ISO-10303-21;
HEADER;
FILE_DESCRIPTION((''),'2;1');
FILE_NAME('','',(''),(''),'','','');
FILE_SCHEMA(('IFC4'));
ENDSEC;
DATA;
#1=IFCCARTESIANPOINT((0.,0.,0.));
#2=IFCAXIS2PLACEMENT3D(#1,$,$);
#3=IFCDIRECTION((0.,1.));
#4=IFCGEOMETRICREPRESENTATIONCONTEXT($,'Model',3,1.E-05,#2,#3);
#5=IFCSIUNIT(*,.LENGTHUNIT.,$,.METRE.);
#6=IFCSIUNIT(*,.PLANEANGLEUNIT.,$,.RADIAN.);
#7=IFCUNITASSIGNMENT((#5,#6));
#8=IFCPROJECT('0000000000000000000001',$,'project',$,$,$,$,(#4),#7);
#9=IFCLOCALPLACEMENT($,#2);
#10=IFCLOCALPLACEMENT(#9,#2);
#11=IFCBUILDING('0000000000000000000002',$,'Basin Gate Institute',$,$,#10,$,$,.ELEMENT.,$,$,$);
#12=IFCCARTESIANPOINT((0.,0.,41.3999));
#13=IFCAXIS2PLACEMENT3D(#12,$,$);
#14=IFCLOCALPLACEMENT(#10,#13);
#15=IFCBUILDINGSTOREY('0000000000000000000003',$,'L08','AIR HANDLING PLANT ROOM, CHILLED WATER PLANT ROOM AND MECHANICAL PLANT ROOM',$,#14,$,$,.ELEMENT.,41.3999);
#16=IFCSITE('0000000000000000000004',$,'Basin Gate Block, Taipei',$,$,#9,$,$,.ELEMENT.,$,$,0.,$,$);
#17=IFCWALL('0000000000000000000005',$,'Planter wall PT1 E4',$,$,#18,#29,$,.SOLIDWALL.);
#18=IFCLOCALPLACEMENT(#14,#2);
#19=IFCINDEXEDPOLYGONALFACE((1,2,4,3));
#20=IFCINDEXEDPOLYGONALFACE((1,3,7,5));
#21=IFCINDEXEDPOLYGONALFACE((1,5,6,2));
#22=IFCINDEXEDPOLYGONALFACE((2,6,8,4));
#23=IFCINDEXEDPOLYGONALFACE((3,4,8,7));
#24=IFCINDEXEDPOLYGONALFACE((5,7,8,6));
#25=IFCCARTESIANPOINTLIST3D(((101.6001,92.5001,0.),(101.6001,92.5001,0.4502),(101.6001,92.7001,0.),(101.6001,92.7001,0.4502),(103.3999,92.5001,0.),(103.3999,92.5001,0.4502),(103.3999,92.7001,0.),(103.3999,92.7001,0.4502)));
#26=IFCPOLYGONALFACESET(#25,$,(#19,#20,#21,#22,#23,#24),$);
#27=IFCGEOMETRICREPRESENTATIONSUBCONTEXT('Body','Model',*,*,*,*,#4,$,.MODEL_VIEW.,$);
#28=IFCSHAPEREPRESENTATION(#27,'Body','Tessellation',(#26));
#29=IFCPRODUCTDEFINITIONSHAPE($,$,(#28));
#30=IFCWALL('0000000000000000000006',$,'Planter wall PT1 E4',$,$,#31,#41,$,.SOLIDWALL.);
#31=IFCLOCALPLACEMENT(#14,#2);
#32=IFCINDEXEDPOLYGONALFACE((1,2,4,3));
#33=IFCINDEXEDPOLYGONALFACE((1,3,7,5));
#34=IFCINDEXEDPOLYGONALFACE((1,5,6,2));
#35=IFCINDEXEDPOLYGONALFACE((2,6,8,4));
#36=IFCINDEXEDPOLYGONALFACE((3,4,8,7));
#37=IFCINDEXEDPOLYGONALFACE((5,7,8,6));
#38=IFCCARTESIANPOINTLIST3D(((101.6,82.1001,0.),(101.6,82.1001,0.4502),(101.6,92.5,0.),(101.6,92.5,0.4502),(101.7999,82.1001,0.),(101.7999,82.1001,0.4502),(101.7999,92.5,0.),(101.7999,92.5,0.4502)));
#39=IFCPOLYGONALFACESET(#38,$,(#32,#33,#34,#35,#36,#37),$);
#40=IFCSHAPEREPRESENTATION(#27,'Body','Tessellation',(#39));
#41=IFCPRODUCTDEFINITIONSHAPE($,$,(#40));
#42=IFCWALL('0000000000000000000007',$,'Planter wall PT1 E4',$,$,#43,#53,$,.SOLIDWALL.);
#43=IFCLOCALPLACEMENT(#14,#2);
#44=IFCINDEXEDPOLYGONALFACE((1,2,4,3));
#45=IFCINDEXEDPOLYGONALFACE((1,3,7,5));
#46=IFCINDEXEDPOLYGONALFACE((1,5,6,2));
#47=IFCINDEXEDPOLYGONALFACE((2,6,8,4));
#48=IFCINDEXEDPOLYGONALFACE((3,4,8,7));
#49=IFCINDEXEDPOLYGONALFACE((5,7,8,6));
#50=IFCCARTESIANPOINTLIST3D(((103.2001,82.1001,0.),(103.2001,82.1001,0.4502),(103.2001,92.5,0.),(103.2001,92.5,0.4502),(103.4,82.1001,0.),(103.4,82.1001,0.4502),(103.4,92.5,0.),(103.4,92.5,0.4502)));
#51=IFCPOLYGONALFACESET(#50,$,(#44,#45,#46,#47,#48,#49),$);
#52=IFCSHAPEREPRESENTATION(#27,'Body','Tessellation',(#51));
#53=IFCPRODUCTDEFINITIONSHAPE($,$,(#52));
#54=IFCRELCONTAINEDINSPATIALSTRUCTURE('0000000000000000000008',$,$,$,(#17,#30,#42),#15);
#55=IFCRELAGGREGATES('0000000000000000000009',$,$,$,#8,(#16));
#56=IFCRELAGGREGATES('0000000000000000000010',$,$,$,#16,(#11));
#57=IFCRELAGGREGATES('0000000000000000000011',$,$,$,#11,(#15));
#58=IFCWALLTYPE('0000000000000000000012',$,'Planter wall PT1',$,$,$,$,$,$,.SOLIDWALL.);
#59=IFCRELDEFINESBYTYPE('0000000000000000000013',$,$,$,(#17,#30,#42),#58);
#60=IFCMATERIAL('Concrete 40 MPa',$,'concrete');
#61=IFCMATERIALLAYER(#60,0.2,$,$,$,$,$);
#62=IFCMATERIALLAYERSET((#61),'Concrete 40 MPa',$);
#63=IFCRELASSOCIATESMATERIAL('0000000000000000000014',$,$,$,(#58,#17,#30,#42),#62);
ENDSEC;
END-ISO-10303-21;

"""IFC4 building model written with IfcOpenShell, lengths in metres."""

from ifc_helpers import new_model, si_unit, direction, frame, frame_2d, origin, place, context, subcontext, project, spatial, rectangle, extrude, material, layer, layer_set, type_object, element, save


model = new_model("IFC4")

# Units and contexts
model_context = context("Model", 3, precision=1e-05, world=origin(), true_north=direction((0.0, 1.0)))
body_context = subcontext(model_context, "Body", "Model", "MODEL_VIEW")
ifc_project = project(units=[si_unit("LENGTHUNIT", "METRE"), si_unit("PLANEANGLEUNIT", "RADIAN")], contexts=[model_context])

# Site, building, storey
site_placement = place(None, origin())
site = spatial("IfcSite", under=ifc_project, at=site_placement, Name="Basin Gate Block, Taipei", CompositionType="ELEMENT", RefElevation=0.0)
building_placement = place(site_placement, origin())
building = spatial("IfcBuilding", under=site, at=building_placement, Name="Basin Gate Institute", CompositionType="ELEMENT")
storey_placement = place(building_placement, frame((0.0, 0.0, 41.3999)))
storey = spatial("IfcBuildingStorey", under=building, at=storey_placement, Name="L08", Description="AIR HANDLING PLANT ROOM, CHILLED WATER PLANT ROOM AND MECHANICAL PLANT ROOM", CompositionType="ELEMENT", Elevation=41.3999)

# Walls
ifc_material_1 = material(Name="Concrete 40 MPa", Category="concrete")
ifc_layer_1 = layer(ifc_material_1, 0.2)
ifc_layer_set_1 = layer_set([ifc_layer_1], Name="Concrete 40 MPa")
wall_type_1 = type_object("IfcWallType", Name="Planter wall PT1", PredefinedType="SOLIDWALL", material=ifc_layer_set_1)
for number, where, z_axis, x_axis, name in (
    (1, (101.6001, 92.6001, 0.0), (0.0, 0.0, 1.0), (1.0, 0.0, 0.0), "Planter wall PT1 E4"),
):
    element("IfcWall", number, at=place(storey_placement, frame(where, z_axis=z_axis, x_axis=x_axis)), inside=storey, type_object=wall_type_1, material=ifc_layer_set_1, Name=name, PredefinedType="SOLIDWALL", context=body_context, shape_type="SweptSolid", body=[
        extrude(rectangle(XDim=1.7998, YDim=0.2, at=frame_2d((0.8999, 0.0))), origin(), (0.0, 0.0, 1.0), 0.4502),
    ])
for number, where, z_axis, x_axis, name in (
    (2, (101.7, 82.1001, 0.0), (0.0, 0.0, 1.0), (0.0, 1.0, 0.0), "Planter wall PT1 E4"),
    (3, (103.3, 82.1001, 0.0), (0.0, 0.0, 1.0), (0.0, 1.0, 0.0), "Planter wall PT1 E4"),
):
    element("IfcWall", number, at=place(storey_placement, frame(where, z_axis=z_axis, x_axis=x_axis)), inside=storey, type_object=wall_type_1, material=ifc_layer_set_1, Name=name, PredefinedType="SOLIDWALL", context=body_context, shape_type="SweptSolid", body=[
        extrude(rectangle(XDim=10.3999, YDim=0.2, at=frame_2d((5.2, 0.0))), origin(), (0.0, 0.0, 1.0), 0.4502),
    ])

save(model, "model.ifc")
